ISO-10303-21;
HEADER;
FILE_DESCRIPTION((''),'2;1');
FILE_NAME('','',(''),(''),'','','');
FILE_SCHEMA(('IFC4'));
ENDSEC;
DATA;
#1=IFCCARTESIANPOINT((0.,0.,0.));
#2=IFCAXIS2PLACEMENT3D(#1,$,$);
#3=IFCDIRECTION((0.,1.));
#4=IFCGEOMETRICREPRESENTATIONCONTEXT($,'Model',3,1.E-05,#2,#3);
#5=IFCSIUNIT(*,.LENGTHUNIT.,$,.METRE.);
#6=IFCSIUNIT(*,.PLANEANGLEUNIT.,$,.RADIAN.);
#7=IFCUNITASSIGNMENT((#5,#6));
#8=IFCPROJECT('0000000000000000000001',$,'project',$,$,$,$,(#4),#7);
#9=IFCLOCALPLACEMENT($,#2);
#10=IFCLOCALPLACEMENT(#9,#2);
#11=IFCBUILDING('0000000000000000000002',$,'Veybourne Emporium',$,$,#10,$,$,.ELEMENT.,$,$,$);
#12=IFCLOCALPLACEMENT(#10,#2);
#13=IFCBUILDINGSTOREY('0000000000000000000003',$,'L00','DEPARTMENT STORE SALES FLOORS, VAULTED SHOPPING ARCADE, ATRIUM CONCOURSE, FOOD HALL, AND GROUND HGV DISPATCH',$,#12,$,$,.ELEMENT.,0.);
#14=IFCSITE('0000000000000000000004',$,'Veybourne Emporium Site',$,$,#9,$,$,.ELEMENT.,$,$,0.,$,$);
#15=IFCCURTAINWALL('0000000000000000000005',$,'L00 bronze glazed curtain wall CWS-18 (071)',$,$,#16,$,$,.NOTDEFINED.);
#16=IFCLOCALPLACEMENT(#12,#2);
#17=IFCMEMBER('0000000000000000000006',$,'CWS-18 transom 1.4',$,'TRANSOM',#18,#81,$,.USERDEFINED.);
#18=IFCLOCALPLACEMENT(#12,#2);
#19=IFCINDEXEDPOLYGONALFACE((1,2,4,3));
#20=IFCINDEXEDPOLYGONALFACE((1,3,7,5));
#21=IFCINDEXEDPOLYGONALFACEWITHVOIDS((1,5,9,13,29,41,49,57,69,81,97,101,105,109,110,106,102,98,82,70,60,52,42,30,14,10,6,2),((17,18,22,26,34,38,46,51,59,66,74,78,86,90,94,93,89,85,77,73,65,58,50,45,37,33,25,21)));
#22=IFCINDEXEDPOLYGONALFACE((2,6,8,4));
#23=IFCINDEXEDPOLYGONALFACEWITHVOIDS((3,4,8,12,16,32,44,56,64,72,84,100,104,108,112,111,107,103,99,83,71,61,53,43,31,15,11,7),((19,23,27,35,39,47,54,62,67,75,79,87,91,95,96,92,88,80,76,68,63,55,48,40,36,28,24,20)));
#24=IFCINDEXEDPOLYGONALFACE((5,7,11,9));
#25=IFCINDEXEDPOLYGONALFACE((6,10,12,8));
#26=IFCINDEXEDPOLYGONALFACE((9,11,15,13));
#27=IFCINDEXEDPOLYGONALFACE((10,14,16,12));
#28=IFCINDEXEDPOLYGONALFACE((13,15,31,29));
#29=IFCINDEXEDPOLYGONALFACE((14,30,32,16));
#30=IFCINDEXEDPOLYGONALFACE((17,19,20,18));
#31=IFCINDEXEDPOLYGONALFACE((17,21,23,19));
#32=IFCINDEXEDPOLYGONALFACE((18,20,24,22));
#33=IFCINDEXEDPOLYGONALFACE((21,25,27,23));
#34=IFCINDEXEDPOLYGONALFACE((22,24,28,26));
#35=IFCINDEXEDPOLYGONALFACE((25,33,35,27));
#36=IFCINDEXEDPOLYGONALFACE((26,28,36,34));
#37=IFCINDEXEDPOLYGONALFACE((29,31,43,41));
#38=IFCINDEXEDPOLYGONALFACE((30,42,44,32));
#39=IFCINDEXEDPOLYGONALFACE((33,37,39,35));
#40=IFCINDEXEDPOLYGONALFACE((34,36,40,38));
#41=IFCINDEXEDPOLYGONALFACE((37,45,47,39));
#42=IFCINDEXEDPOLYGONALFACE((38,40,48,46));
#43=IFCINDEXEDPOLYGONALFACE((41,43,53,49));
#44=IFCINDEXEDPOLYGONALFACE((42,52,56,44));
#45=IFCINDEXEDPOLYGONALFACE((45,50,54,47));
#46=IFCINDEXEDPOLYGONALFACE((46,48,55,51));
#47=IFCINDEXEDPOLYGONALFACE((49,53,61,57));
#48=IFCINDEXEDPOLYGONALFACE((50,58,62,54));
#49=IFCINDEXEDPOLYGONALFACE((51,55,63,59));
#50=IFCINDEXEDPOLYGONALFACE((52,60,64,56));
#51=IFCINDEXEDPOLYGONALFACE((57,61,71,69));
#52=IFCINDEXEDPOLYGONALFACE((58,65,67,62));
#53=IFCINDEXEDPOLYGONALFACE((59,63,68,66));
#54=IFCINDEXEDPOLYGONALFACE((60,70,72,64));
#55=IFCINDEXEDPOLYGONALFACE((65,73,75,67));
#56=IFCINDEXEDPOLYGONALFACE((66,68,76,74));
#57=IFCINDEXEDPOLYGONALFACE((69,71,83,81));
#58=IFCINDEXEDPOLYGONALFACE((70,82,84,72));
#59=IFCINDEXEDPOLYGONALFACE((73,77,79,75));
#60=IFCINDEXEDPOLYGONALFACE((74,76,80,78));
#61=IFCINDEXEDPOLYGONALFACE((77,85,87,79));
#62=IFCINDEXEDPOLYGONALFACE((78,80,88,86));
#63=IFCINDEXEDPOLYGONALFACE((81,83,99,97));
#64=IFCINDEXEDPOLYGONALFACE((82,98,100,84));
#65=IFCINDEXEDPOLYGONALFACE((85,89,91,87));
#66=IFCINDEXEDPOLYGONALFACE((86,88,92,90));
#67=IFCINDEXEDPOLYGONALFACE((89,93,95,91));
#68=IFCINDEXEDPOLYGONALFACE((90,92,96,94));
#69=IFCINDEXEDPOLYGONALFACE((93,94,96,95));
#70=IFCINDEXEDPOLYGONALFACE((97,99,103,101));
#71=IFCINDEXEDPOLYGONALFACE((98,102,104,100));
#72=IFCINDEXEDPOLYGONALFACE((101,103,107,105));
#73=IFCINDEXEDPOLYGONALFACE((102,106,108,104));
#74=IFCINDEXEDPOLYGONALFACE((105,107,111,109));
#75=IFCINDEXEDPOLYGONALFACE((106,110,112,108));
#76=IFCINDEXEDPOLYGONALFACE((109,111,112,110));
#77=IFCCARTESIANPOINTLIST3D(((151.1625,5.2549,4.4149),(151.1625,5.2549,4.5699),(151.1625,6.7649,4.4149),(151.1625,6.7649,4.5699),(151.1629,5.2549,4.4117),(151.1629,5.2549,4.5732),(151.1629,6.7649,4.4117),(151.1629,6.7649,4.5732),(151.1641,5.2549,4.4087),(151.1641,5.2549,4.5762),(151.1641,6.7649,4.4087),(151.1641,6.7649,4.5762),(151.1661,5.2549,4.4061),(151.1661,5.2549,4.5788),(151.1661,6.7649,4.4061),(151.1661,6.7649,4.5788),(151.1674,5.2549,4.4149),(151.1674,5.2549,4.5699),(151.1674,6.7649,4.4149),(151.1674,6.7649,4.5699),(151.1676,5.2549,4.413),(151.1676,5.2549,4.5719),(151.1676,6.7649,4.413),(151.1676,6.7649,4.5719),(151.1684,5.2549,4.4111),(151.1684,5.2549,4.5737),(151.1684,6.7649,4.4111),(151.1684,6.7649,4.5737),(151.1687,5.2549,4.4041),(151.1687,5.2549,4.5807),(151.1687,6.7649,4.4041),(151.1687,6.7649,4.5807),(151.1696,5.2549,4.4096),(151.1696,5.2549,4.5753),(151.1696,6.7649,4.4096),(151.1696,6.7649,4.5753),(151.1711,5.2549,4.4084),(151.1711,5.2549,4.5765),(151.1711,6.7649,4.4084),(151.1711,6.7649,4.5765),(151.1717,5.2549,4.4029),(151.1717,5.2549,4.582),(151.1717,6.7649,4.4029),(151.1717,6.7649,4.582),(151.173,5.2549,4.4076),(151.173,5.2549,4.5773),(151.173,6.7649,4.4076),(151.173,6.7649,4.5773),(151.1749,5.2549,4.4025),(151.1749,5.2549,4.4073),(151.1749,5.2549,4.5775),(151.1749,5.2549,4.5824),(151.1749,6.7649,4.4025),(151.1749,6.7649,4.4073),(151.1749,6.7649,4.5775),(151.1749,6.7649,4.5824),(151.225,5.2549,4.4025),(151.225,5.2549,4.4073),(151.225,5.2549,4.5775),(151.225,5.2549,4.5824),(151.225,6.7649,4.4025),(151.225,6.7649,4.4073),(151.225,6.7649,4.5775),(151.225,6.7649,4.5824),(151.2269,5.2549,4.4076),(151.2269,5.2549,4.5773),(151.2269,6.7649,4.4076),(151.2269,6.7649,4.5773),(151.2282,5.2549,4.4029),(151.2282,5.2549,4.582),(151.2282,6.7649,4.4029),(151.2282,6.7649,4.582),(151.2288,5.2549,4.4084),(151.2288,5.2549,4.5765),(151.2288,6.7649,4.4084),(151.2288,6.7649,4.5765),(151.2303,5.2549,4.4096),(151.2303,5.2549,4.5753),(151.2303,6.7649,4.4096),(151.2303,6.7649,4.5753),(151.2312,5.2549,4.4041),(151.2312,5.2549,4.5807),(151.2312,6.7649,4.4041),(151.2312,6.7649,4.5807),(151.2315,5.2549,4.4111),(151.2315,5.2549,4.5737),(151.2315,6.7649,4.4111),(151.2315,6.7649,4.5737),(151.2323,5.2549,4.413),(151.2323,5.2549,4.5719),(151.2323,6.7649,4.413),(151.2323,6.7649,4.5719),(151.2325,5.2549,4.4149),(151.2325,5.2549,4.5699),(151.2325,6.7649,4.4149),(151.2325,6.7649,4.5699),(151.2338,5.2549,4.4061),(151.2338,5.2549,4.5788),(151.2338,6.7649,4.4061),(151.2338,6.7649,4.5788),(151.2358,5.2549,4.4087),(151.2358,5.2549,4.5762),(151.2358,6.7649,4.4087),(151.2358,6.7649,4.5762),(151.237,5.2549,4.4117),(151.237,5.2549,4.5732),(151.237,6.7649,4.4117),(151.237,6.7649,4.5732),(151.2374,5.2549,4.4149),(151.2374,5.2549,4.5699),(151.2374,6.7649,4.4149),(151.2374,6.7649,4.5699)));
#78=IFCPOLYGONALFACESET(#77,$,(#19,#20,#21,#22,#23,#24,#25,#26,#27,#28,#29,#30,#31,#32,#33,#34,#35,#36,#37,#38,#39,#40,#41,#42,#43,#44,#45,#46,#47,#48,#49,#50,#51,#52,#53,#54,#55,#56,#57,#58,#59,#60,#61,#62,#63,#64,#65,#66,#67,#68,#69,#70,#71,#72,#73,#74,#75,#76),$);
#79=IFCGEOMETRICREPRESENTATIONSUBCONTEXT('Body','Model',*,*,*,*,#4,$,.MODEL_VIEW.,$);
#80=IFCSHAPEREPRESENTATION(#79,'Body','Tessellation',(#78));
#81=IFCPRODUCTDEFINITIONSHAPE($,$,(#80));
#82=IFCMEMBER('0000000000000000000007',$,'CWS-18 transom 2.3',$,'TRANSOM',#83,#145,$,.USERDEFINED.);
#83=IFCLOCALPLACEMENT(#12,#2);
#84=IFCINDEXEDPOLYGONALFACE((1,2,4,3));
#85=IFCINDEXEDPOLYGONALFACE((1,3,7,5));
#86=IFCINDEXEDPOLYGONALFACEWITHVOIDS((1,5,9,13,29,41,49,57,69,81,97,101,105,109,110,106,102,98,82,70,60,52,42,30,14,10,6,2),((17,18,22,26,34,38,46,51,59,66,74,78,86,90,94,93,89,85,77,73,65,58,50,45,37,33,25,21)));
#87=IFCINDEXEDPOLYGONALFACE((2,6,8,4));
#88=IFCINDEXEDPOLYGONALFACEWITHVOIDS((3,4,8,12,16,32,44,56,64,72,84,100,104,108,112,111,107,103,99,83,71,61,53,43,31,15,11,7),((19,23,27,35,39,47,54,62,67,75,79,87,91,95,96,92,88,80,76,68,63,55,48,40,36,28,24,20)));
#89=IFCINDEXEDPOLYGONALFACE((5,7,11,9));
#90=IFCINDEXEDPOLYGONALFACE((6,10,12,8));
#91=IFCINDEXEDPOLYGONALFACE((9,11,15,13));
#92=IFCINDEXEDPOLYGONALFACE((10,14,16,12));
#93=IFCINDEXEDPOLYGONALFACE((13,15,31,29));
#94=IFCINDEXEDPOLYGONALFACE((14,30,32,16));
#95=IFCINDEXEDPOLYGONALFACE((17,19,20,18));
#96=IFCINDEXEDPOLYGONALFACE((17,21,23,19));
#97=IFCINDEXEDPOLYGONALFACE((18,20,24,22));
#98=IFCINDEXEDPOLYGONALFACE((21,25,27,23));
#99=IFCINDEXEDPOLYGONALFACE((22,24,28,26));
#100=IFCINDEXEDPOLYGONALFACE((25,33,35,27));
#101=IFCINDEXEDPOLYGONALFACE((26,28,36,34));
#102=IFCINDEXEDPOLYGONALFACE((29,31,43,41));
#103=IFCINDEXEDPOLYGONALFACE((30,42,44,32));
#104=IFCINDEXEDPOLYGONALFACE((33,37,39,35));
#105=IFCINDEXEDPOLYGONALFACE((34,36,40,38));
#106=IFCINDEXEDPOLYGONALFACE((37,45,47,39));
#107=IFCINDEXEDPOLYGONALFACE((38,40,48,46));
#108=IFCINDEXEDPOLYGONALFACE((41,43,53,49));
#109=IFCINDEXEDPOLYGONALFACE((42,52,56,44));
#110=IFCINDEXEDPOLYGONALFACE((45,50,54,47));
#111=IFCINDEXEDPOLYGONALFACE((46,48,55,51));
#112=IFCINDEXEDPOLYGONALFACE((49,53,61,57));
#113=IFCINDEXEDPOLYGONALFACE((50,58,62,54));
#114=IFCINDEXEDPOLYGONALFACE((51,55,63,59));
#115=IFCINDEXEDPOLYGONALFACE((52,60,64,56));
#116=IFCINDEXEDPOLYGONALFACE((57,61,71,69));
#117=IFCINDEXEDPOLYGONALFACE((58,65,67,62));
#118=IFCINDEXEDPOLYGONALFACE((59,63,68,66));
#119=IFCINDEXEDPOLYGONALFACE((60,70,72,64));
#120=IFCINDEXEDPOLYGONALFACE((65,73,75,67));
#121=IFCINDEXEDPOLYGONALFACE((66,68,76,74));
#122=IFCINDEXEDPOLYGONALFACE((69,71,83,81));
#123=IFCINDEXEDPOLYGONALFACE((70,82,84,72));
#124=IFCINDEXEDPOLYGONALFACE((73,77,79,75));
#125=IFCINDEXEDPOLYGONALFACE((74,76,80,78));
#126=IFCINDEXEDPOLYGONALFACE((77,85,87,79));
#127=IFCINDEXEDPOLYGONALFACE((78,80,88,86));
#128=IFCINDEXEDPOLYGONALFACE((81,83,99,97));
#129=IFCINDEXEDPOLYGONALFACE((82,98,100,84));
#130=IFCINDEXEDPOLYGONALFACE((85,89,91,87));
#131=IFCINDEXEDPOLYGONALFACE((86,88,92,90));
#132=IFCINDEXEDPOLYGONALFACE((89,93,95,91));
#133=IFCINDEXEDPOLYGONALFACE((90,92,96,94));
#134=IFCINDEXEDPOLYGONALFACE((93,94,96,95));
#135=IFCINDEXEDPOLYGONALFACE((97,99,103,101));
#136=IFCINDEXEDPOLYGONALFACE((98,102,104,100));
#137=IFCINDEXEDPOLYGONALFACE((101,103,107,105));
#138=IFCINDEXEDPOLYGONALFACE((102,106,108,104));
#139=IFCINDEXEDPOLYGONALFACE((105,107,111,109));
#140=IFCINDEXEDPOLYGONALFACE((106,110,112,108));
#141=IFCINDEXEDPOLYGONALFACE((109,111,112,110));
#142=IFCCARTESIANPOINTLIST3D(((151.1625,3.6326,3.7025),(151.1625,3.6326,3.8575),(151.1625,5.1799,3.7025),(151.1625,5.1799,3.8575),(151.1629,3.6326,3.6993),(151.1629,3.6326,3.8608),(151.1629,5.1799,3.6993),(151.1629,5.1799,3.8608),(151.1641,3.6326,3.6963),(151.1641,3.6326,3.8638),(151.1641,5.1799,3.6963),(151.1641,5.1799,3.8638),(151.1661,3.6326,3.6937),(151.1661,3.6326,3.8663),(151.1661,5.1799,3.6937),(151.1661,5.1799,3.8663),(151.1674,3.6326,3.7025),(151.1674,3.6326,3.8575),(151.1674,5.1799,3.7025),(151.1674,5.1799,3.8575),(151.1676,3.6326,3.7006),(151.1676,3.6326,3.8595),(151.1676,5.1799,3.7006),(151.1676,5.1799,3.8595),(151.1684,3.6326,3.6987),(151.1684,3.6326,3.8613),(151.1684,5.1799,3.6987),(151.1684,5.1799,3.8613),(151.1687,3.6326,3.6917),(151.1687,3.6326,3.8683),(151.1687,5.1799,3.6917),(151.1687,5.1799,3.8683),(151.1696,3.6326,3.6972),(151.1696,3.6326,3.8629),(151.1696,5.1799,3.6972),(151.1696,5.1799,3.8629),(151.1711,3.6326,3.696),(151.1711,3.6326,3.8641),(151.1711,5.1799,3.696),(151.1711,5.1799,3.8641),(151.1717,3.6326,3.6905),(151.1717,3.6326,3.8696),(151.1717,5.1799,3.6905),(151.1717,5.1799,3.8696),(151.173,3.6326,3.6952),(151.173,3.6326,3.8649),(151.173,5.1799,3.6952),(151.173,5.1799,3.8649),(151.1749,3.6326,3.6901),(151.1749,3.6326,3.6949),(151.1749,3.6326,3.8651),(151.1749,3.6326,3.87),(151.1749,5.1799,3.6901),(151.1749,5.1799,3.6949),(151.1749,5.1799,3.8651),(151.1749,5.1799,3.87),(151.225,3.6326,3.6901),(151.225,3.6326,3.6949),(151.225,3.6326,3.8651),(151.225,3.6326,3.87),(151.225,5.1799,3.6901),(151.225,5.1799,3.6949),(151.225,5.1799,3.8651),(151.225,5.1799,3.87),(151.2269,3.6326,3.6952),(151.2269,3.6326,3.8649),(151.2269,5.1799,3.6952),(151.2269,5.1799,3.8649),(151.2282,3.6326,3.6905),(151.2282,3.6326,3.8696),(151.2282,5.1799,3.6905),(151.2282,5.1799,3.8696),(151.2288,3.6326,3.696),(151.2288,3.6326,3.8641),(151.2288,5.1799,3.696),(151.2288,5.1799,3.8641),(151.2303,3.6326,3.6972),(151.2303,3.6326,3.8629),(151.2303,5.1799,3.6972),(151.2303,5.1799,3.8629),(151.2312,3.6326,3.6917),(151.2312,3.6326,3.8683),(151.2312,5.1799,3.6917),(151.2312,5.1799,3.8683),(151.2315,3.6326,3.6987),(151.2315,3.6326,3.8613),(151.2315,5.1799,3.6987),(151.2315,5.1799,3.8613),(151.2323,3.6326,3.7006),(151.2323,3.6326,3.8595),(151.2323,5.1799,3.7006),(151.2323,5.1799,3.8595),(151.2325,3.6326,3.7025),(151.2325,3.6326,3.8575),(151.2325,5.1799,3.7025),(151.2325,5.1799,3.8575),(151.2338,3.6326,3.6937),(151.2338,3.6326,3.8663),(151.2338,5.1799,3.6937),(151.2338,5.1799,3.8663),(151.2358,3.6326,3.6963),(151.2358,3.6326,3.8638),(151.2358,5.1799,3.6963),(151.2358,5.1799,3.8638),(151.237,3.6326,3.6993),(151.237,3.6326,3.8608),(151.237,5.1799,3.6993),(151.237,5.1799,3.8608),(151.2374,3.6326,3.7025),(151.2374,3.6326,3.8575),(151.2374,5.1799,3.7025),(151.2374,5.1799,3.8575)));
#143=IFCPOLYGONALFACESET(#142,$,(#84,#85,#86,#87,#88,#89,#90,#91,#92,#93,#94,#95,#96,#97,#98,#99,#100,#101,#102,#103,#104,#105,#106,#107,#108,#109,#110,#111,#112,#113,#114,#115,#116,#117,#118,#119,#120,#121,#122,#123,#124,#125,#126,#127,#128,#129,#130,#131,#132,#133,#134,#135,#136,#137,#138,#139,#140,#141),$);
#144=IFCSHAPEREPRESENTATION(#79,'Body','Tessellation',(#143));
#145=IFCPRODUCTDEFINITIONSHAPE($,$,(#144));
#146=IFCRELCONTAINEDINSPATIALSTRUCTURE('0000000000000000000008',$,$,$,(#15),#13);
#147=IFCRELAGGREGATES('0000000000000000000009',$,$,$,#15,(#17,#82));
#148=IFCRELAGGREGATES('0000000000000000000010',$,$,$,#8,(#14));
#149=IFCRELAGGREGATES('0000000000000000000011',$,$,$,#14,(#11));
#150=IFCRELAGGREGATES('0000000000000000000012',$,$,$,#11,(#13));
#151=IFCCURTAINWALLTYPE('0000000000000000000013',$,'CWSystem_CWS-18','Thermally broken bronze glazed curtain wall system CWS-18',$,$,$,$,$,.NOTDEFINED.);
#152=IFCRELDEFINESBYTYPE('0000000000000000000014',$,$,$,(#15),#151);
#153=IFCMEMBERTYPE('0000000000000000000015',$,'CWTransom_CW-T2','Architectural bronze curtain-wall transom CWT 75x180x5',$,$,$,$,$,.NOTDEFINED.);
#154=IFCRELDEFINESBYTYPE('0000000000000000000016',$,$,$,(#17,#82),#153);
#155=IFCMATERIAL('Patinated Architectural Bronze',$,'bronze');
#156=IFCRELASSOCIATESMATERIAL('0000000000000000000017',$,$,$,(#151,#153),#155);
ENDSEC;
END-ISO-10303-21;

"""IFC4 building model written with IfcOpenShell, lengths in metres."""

from ifc_helpers import new_model, si_unit, direction, frame, origin, origin_2d, place, context, subcontext, project, spatial, hollow_rectangle, extrude, material, material_profile, profile_set, type_object, element, aggregate, save


model = new_model("IFC4")

# Units and contexts
model_context = context("Model", 3, precision=1e-05, world=origin(), true_north=direction((0.0, 1.0)))
body_context = subcontext(model_context, "Body", "Model", "MODEL_VIEW")
ifc_project = project(units=[si_unit("LENGTHUNIT", "METRE"), si_unit("PLANEANGLEUNIT", "RADIAN")], contexts=[model_context])

# Site, building, storey
site_placement = place(None, origin())
site = spatial("IfcSite", under=ifc_project, at=site_placement, Name="Veybourne Emporium Site", CompositionType="ELEMENT", RefElevation=0.0)
building_placement = place(site_placement, origin())
building = spatial("IfcBuilding", under=site, at=building_placement, Name="Veybourne Emporium", CompositionType="ELEMENT")
storey_placement = place(building_placement, origin())
storey = spatial("IfcBuildingStorey", under=building, at=storey_placement, Name="L00", Description="DEPARTMENT STORE SALES FLOORS, VAULTED SHOPPING ARCADE, ATRIUM CONCOURSE, FOOD HALL, AND GROUND HGV DISPATCH", CompositionType="ELEMENT", Elevation=0.0)

# Curtain wall
ifc_material_1 = material(Name="Patinated Architectural Bronze", Category="bronze")
curtain_wall_type_1 = type_object("IfcCurtainWallType", Name="CWSystem_CWS-18", Description="Thermally broken bronze glazed curtain wall system CWS-18", PredefinedType="NOTDEFINED", material=ifc_material_1)
curtain_wall_1_placement = place(storey_placement, origin())
curtain_wall_1 = element("IfcCurtainWall", 1, at=curtain_wall_1_placement, inside=storey, type_object=curtain_wall_type_1, Name="L00 bronze glazed curtain wall CWS-18 (071)", PredefinedType="NOTDEFINED")

# Members
ifc_material_profile_1 = material_profile(ifc_material_1, hollow_rectangle(XDim=0.075, YDim=0.1799, WallThickness=0.0049, InnerFilletRadius=0.0076, OuterFilletRadius=0.0125, at=origin_2d()), Name="CWT 75x180x5")
ifc_profile_set_1 = profile_set([ifc_material_profile_1], Name="Patinated Architectural Bronze")
member_type_1 = type_object("IfcMemberType", Name="CWTransom_CW-T2", Description="Architectural bronze curtain-wall transom CWT 75x180x5", PredefinedType="NOTDEFINED", material=ifc_profile_set_1)
member_1_placement = place(storey_placement, frame((151.2, 6.7649, 4.4924), z_axis=(0.0, -1.0, 0.0), x_axis=(1.0, 0.0, 0.0)))
member_1 = element("IfcMember", 2, at=member_1_placement, type_object=member_type_1, Name="CWS-18 transom 1.4", ObjectType="TRANSOM", PredefinedType="USERDEFINED", context=body_context, shape_type="SweptSolid", body=[
    extrude(hollow_rectangle(XDim=0.075, YDim=0.1799, WallThickness=0.0049, InnerFilletRadius=0.0076, OuterFilletRadius=0.0125, at=origin_2d()), origin(), (0.0, 0.0, 1.0), 1.51),
])
member_2_placement = place(storey_placement, frame((151.2, 5.1799, 3.78), z_axis=(0.0, -1.0, 0.0), x_axis=(1.0, 0.0, 0.0)))
member_2 = element("IfcMember", 3, at=member_2_placement, type_object=member_type_1, Name="CWS-18 transom 2.3", ObjectType="TRANSOM", PredefinedType="USERDEFINED", context=body_context, shape_type="SweptSolid", body=[
    extrude(hollow_rectangle(XDim=0.075, YDim=0.1799, WallThickness=0.0049, InnerFilletRadius=0.0076, OuterFilletRadius=0.0125, at=origin_2d()), origin(), (0.0, 0.0, 1.0), 1.5474),
])

aggregate(curtain_wall_1, [member_1, member_2])

save(model, "model.ifc")
